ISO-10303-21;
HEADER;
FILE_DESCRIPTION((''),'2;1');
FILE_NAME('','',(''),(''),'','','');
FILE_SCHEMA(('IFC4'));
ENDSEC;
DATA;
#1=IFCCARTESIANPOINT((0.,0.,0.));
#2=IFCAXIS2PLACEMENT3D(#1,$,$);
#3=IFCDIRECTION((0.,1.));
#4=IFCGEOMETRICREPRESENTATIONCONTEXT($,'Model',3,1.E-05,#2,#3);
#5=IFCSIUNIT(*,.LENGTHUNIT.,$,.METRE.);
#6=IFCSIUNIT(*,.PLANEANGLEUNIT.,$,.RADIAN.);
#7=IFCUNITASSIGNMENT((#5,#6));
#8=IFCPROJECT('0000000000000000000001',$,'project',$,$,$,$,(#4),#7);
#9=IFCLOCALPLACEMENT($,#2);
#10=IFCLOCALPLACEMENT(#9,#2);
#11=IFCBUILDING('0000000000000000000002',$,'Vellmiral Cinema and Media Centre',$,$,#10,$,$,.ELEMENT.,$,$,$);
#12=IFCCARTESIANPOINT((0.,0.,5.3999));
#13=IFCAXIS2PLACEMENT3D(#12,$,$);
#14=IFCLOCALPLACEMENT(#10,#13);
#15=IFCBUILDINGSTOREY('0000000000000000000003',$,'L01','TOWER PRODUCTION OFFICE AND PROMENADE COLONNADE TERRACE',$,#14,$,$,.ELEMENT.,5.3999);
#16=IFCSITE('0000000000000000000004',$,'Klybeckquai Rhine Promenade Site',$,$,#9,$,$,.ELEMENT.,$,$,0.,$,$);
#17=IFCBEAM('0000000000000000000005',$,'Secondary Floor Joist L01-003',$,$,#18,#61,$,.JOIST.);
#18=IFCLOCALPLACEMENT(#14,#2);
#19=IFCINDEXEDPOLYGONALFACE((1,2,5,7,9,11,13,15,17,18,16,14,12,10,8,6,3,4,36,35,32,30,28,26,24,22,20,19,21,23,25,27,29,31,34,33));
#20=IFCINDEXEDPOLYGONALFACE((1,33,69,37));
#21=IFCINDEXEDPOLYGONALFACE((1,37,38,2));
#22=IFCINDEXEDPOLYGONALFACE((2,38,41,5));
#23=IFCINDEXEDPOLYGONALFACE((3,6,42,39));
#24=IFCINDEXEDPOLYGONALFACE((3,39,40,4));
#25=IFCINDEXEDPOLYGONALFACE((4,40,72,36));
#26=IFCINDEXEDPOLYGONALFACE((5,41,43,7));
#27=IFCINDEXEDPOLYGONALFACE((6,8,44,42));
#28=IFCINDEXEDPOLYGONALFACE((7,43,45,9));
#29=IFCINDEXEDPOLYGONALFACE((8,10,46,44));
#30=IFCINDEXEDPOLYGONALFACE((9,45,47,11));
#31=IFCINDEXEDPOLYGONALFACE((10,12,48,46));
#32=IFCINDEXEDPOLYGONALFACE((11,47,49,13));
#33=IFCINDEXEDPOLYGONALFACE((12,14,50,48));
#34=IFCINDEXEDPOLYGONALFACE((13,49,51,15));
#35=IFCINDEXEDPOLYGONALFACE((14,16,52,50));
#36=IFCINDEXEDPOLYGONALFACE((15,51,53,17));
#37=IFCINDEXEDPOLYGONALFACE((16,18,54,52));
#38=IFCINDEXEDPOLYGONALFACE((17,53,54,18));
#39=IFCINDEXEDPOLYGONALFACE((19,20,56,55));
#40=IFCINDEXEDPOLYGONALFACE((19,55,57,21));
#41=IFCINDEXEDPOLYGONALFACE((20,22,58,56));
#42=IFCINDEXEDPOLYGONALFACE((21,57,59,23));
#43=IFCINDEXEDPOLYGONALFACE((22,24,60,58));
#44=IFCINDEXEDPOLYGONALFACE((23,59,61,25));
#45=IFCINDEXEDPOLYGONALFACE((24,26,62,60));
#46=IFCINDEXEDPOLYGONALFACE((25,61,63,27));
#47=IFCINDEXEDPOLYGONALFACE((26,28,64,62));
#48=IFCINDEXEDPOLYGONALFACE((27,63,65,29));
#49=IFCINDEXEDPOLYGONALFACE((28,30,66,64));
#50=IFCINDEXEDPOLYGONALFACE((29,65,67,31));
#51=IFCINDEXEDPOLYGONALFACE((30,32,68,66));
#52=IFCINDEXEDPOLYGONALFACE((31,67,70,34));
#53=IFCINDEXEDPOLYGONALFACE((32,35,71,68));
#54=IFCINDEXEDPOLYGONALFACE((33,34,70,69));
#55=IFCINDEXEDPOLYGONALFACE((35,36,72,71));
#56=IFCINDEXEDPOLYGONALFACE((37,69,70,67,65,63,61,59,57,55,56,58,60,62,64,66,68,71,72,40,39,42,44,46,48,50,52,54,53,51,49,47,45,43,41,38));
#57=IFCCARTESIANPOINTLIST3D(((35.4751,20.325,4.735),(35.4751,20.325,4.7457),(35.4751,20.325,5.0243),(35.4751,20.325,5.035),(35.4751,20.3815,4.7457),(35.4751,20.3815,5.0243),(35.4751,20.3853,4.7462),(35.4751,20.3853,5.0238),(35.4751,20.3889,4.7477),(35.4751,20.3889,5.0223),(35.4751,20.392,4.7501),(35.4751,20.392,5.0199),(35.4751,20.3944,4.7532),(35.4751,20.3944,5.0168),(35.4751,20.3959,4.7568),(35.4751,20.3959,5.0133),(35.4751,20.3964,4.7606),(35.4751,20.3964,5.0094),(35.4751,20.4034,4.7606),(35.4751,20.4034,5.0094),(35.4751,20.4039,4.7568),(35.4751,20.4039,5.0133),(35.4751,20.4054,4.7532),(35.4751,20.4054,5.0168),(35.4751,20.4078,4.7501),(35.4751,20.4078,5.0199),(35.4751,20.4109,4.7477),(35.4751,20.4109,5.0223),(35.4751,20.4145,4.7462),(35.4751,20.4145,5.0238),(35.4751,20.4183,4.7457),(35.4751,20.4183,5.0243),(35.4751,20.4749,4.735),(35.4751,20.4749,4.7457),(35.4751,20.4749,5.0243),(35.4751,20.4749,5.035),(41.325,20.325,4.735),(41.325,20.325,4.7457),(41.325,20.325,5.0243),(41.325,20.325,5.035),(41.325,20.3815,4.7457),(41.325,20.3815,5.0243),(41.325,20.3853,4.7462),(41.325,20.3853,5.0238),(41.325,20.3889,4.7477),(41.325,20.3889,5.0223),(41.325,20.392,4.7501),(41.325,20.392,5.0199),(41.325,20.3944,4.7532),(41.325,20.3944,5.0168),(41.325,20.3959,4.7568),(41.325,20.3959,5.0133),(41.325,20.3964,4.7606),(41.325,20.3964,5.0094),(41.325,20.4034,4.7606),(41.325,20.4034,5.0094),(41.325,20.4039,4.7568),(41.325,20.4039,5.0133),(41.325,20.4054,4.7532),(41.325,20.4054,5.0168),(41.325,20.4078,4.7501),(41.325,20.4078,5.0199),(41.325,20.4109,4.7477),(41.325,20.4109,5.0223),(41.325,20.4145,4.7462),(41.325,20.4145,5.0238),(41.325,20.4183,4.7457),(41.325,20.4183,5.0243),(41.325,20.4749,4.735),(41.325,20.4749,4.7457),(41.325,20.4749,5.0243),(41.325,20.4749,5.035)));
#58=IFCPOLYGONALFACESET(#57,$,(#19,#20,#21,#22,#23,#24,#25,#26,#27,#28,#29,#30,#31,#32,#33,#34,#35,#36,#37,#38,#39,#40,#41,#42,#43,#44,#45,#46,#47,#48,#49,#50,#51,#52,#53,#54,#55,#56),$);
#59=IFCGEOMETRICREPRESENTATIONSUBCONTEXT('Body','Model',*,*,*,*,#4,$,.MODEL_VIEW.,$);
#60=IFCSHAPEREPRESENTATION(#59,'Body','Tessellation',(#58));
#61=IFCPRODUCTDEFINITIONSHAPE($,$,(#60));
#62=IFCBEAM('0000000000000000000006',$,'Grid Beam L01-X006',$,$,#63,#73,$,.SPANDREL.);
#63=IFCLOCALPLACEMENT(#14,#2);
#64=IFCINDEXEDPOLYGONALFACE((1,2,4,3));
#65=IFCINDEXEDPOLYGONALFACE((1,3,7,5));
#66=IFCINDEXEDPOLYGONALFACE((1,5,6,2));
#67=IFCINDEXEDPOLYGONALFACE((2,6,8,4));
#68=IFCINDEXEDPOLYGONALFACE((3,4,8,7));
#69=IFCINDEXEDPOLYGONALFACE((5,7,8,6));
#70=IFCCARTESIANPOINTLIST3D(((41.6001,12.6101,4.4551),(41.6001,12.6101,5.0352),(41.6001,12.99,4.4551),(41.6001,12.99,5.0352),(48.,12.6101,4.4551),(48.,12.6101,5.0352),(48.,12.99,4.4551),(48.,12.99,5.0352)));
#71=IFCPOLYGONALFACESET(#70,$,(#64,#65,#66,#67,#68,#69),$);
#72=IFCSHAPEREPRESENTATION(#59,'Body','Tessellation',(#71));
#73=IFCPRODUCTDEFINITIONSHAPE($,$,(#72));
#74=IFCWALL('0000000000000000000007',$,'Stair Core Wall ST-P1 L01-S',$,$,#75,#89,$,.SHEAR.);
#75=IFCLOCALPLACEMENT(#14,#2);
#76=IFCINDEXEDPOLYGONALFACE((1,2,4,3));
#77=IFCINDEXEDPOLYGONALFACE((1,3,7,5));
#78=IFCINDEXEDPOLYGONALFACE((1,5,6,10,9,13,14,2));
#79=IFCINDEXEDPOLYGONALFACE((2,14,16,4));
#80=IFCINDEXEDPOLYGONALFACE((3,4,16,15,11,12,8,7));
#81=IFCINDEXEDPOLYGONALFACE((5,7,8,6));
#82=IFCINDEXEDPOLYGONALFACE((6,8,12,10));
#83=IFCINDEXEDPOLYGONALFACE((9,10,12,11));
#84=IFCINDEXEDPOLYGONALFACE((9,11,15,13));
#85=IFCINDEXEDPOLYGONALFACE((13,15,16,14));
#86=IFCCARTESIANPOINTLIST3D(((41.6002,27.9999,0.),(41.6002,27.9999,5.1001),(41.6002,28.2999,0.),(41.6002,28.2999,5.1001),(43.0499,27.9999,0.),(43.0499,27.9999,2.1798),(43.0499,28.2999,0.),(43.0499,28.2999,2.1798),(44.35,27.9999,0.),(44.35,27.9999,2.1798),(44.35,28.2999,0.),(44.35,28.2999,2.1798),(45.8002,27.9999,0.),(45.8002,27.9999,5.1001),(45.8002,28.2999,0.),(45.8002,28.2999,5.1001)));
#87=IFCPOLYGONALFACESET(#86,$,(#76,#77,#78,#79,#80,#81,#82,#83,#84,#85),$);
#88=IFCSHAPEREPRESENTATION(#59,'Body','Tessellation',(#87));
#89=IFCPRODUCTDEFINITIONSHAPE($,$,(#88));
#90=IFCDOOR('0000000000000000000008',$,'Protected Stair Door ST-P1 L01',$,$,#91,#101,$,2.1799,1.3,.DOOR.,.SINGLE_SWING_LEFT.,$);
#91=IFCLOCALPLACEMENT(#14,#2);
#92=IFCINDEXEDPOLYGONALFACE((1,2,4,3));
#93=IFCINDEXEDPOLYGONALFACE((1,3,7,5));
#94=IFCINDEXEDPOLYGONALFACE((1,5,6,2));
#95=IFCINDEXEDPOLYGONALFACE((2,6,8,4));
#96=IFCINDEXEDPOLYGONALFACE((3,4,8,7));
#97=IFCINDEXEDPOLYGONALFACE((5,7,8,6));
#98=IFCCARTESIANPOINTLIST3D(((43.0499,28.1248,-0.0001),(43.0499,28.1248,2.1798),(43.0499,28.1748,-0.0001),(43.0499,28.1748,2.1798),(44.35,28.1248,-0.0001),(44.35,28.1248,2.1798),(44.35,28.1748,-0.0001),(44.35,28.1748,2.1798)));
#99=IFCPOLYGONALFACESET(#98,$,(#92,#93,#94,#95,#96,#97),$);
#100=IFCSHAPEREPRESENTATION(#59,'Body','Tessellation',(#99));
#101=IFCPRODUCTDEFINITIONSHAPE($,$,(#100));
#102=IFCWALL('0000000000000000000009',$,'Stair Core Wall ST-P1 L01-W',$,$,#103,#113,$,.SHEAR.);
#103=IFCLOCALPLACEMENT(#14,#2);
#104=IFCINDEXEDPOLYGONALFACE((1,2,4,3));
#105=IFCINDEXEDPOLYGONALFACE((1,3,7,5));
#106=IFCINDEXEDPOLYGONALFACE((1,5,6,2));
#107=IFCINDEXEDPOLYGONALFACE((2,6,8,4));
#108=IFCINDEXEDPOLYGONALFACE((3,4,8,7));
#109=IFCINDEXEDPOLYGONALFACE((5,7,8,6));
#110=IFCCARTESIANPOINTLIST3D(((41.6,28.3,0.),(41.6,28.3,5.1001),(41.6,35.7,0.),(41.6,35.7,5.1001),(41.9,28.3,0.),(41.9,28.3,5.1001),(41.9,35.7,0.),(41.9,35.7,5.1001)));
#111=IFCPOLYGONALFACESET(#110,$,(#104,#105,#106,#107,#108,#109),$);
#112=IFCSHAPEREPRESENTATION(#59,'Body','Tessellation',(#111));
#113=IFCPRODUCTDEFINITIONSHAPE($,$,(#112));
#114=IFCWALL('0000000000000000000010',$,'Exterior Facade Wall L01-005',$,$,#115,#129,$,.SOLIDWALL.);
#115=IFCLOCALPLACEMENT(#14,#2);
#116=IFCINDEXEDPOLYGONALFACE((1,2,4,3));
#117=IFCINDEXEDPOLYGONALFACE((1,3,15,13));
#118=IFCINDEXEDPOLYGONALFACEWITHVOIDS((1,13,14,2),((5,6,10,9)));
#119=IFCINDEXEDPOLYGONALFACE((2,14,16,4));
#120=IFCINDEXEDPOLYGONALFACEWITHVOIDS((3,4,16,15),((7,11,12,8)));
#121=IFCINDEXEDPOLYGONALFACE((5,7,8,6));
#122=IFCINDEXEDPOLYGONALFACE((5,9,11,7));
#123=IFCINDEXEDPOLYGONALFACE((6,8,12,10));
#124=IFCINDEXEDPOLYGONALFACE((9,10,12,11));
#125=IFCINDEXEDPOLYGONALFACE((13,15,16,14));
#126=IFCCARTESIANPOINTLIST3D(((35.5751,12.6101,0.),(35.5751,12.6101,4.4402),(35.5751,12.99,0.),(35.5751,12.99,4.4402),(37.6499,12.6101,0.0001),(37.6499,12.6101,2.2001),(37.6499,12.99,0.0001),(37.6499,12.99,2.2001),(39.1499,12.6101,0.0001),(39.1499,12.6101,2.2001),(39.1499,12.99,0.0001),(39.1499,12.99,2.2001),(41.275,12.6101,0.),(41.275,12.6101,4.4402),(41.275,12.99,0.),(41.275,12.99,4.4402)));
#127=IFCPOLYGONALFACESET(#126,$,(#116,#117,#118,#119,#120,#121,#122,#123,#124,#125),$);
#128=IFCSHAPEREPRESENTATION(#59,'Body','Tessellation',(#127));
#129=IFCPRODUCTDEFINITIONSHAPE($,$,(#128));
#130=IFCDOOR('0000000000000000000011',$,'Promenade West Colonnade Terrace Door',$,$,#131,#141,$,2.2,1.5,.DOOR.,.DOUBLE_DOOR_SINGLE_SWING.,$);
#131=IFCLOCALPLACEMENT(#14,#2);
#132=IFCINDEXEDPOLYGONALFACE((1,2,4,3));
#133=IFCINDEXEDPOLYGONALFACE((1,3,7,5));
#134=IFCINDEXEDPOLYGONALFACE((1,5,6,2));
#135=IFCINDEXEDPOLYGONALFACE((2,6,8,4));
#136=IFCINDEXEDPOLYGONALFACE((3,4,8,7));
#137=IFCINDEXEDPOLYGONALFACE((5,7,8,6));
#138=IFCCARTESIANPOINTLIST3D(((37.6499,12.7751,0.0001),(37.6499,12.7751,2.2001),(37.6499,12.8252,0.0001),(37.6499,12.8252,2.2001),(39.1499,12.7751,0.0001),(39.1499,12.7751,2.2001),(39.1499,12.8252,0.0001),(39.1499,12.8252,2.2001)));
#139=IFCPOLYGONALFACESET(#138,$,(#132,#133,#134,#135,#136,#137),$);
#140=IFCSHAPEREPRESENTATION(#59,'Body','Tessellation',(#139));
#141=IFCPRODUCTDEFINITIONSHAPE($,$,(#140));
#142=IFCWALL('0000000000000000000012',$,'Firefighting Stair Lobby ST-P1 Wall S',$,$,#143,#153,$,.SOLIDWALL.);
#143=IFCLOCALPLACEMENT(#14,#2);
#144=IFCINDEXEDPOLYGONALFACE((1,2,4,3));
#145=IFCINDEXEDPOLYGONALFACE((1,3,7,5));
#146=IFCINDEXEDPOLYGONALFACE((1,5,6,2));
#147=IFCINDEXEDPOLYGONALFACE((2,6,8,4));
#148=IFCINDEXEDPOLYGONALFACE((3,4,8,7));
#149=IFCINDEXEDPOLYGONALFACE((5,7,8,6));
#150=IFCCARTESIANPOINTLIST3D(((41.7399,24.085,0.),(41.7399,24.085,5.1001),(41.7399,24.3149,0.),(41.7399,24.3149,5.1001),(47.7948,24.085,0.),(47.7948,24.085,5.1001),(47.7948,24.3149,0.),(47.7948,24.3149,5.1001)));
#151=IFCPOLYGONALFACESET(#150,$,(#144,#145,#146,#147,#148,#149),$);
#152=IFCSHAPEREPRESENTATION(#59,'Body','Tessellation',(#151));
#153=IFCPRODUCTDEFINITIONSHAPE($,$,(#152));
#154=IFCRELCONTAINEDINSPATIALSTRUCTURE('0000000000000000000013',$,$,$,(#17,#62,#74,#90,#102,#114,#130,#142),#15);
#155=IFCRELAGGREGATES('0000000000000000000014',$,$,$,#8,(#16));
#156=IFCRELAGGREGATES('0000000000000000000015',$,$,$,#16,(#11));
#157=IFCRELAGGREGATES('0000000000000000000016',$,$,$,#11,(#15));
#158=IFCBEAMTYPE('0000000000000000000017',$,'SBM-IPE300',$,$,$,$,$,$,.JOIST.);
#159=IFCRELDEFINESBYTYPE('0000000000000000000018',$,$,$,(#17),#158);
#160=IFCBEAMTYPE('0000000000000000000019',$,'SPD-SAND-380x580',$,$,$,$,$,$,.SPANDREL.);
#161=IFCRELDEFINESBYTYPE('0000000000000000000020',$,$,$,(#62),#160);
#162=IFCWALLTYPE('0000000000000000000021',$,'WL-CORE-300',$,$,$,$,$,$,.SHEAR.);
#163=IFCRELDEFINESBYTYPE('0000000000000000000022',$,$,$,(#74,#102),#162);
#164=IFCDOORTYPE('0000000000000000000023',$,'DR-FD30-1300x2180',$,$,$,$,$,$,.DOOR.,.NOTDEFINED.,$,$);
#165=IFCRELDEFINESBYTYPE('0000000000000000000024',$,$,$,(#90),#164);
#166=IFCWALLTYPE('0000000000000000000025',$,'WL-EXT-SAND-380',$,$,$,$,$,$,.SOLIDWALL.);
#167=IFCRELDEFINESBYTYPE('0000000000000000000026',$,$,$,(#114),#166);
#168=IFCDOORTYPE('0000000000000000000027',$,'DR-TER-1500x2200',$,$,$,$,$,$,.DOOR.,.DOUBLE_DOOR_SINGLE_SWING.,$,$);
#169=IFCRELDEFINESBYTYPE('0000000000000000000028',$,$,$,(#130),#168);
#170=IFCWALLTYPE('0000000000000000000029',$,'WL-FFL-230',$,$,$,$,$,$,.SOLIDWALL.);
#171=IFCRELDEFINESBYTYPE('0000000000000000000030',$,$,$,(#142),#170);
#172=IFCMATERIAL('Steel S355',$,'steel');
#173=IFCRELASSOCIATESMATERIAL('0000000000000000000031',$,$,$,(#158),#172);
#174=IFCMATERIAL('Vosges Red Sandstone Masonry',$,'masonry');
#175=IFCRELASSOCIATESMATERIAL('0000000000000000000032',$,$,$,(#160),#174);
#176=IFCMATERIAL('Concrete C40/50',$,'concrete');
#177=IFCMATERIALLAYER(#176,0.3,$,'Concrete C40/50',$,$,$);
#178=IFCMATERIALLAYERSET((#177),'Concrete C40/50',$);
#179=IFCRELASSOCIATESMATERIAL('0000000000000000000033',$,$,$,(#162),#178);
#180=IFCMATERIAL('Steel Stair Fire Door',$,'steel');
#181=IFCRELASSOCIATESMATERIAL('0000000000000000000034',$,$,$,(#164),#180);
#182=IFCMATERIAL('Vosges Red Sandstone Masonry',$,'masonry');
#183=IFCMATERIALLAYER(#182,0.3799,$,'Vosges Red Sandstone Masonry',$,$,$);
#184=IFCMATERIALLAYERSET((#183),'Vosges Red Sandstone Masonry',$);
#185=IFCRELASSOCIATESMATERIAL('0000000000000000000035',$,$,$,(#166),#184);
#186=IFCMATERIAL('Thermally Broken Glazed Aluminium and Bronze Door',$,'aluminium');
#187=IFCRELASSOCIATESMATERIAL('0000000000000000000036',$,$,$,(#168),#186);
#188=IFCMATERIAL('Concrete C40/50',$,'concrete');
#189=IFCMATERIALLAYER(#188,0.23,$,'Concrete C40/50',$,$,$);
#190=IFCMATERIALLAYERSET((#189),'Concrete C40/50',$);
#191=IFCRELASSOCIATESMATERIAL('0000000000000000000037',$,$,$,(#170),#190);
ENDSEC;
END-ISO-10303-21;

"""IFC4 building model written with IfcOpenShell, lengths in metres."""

from ifc_helpers import new_model, si_unit, direction, frame, frame_2d, origin, origin_2d, place, context, subcontext, project, spatial, rectangle, i_section, extrude, material, layer, layer_set, material_profile, profile_set, type_object, element, fill, save


model = new_model("IFC4")

# Units and contexts
model_context = context("Model", 3, precision=1e-05, world=origin(), true_north=direction((0.0, 1.0)))
body_context = subcontext(model_context, "Body", "Model", "MODEL_VIEW")
ifc_project = project(units=[si_unit("LENGTHUNIT", "METRE"), si_unit("PLANEANGLEUNIT", "RADIAN")], contexts=[model_context])

# Site, building, storey
site_placement = place(None, origin())
site = spatial("IfcSite", under=ifc_project, at=site_placement, Name="Klybeckquai Rhine Promenade Site", CompositionType="ELEMENT", RefElevation=0.0)
building_placement = place(site_placement, origin())
building = spatial("IfcBuilding", under=site, at=building_placement, Name="Vellmiral Cinema and Media Centre", CompositionType="ELEMENT")
storey_placement = place(building_placement, frame((0.0, 0.0, 5.3999)))
storey = spatial("IfcBuildingStorey", under=building, at=storey_placement, Name="L01", Description="TOWER PRODUCTION OFFICE AND PROMENADE COLONNADE TERRACE", CompositionType="ELEMENT", Elevation=5.3999)

# Beams
ifc_material_1 = material(Name="Steel S355", Category="steel")
ifc_material_profile_1 = material_profile(ifc_material_1, i_section(OverallWidth=0.1499, OverallDepth=0.3, WebThickness=0.0071, FlangeThickness=0.0107, FilletRadius=0.0149, at=origin_2d()), Name="IPE 300")
ifc_profile_set_1 = profile_set([ifc_material_profile_1], Name="Steel S355")
beam_type_1 = type_object("IfcBeamType", Name="SBM-IPE300", PredefinedType="JOIST", material=ifc_profile_set_1)
beam_1_placement = place(storey_placement, frame((35.4751, 20.3999, 4.885), z_axis=(1.0, 0.0, 0.0), x_axis=(0.0, 1.0, 0.0)))
element("IfcBeam", 1, at=beam_1_placement, inside=storey, type_object=beam_type_1, Name="Secondary Floor Joist L01-003", PredefinedType="JOIST", context=body_context, shape_type="SweptSolid", body=[
    extrude(i_section(OverallWidth=0.1499, OverallDepth=0.3, WebThickness=0.0071, FlangeThickness=0.0107, FilletRadius=0.0149, at=origin_2d()), origin(), (0.0, 0.0, 1.0), 5.8499),
])
ifc_material_2 = material(Name="Vosges Red Sandstone Masonry", Category="masonry")
ifc_material_profile_2 = material_profile(ifc_material_2, rectangle(XDim=0.3799, YDim=0.5801, at=origin_2d()), Name="SAND 380x580")
ifc_profile_set_2 = profile_set([ifc_material_profile_2], Name="Vosges Red Sandstone Masonry")
beam_type_2 = type_object("IfcBeamType", Name="SPD-SAND-380x580", PredefinedType="SPANDREL", material=ifc_profile_set_2)
beam_2_placement = place(storey_placement, frame((41.6001, 12.8, 4.7451), z_axis=(1.0, 0.0, 0.0), x_axis=(0.0, 1.0, 0.0)))
element("IfcBeam", 2, at=beam_2_placement, inside=storey, type_object=beam_type_2, Name="Grid Beam L01-X006", PredefinedType="SPANDREL", context=body_context, shape_type="SweptSolid", body=[
    extrude(rectangle(XDim=0.3799, YDim=0.5801, at=origin_2d()), origin(), (0.0, 0.0, 1.0), 6.3999),
])

# Wall, opening, door
ifc_material_3 = material(Name="Concrete C40/50", Category="concrete")
ifc_layer_1 = layer(ifc_material_3, 0.3, Name="Concrete C40/50")
ifc_layer_set_1 = layer_set([ifc_layer_1], Name="Concrete C40/50")
wall_type_1 = type_object("IfcWallType", Name="WL-CORE-300", PredefinedType="SHEAR", material=ifc_layer_set_1)
wall_1_placement = place(storey_placement, frame((41.6001, 28.1499, 0.0), z_axis=(0.0, 0.0, 1.0), x_axis=(1.0, 0.0, 0.0)))
wall_1 = element("IfcWall", 3, at=wall_1_placement, inside=storey, type_object=wall_type_1, Name="Stair Core Wall ST-P1 L01-S", PredefinedType="SHEAR", context=body_context, shape_type="SweptSolid", body=[
    extrude(rectangle(XDim=4.2, YDim=0.3, at=frame_2d((2.1001, 0.0))), origin(), (0.0, 0.0, 1.0), 5.1001),
])
opening_1_placement = place(wall_1_placement, frame((1.45, 0.0, 0.0)))
opening_1 = element("IfcOpeningElement", 4, at=opening_1_placement, cuts=wall_1, PredefinedType="OPENING", context=body_context, shape_type="SweptSolid", body=[
    extrude(rectangle(XDim=1.3, YDim=2.1799, at=frame_2d((0.6499, 1.0898))), frame((0.0, 0.1621, 0.0), z_axis=(0.0, -1.0, 0.0), x_axis=(1.0, 0.0, 0.0)), (0.0, 0.0, 1.0), 0.324),
])
ifc_material_4 = material(Name="Steel Stair Fire Door", Category="steel")
door_type_1 = type_object("IfcDoorType", Name="DR-FD30-1300x2180", OperationType="NOTDEFINED", PredefinedType="DOOR", material=ifc_material_4)
door_1_placement = place(opening_1_placement, origin())
door_1 = element("IfcDoor", 5, at=door_1_placement, inside=storey, type_object=door_type_1, Name="Protected Stair Door ST-P1 L01", OperationType="SINGLE_SWING_LEFT", OverallHeight=2.1799, OverallWidth=1.3, PredefinedType="DOOR", context=body_context, shape_type="SweptSolid", body=[
    extrude(rectangle(XDim=1.3, YDim=2.1799, at=frame_2d((0.6499, 1.0898))), frame((0.0, 0.0249, 0.0), z_axis=(0.0, -1.0, 0.0), x_axis=(1.0, 0.0, 0.0)), (0.0, 0.0, 1.0), 0.05),
])
fill(opening_1, door_1)

# Wall
wall_2_placement = place(storey_placement, frame((41.75, 28.3, 0.0), z_axis=(0.0, 0.0, 1.0), x_axis=(0.0, 1.0, 0.0)))
element("IfcWall", 6, at=wall_2_placement, inside=storey, type_object=wall_type_1, Name="Stair Core Wall ST-P1 L01-W", PredefinedType="SHEAR", context=body_context, shape_type="SweptSolid", body=[
    extrude(rectangle(XDim=7.3999, YDim=0.3, at=frame_2d((3.7, 0.0))), origin(), (0.0, 0.0, 1.0), 5.1001),
])

# Wall, opening, door
ifc_material_5 = material(Name="Vosges Red Sandstone Masonry", Category="masonry")
ifc_layer_2 = layer(ifc_material_5, 0.3799, Name="Vosges Red Sandstone Masonry")
ifc_layer_set_2 = layer_set([ifc_layer_2], Name="Vosges Red Sandstone Masonry")
wall_type_2 = type_object("IfcWallType", Name="WL-EXT-SAND-380", PredefinedType="SOLIDWALL", material=ifc_layer_set_2)
wall_3_placement = place(storey_placement, frame((35.575, 12.8, 0.0), z_axis=(0.0, 0.0, 1.0), x_axis=(1.0, 0.0, 0.0)))
wall_3 = element("IfcWall", 7, at=wall_3_placement, inside=storey, type_object=wall_type_2, Name="Exterior Facade Wall L01-005", PredefinedType="SOLIDWALL", context=body_context, shape_type="SweptSolid", body=[
    extrude(rectangle(XDim=5.7, YDim=0.3799, at=frame_2d((2.8501, 0.0))), origin(), (0.0, 0.0, 1.0), 4.4402),
])
opening_2_placement = place(wall_3_placement, frame((2.075, 0.0, 0.0)))
opening_2 = element("IfcOpeningElement", 8, at=opening_2_placement, cuts=wall_3, PredefinedType="OPENING", context=body_context, shape_type="SweptSolid", body=[
    extrude(rectangle(XDim=1.5, YDim=2.2, at=frame_2d((0.75, 1.1001))), frame((0.0, 0.2019, 0.0), z_axis=(0.0, -1.0, 0.0), x_axis=(1.0, 0.0, 0.0)), (0.0, 0.0, 1.0), 0.4038),
])
ifc_material_6 = material(Name="Thermally Broken Glazed Aluminium and Bronze Door", Category="aluminium")
door_type_2 = type_object("IfcDoorType", Name="DR-TER-1500x2200", OperationType="DOUBLE_DOOR_SINGLE_SWING", PredefinedType="DOOR", material=ifc_material_6)
door_2_placement = place(opening_2_placement, frame((1.5, 0.0, 0.0), z_axis=(0.0, 0.0, 1.0), x_axis=(-1.0, 0.0, 0.0)))
door_2 = element("IfcDoor", 9, at=door_2_placement, inside=storey, type_object=door_type_2, Name="Promenade West Colonnade Terrace Door", OperationType="DOUBLE_DOOR_SINGLE_SWING", OverallHeight=2.2, OverallWidth=1.5, PredefinedType="DOOR", context=body_context, shape_type="SweptSolid", body=[
    extrude(rectangle(XDim=1.5, YDim=2.2, at=frame_2d((0.75, 1.1001))), frame((0.0, 0.0249, 0.0), z_axis=(0.0, -1.0, 0.0), x_axis=(1.0, 0.0, 0.0)), (0.0, 0.0, 1.0), 0.05),
])
fill(opening_2, door_2)

# Wall
ifc_material_7 = material(Name="Concrete C40/50", Category="concrete")
ifc_layer_3 = layer(ifc_material_7, 0.23, Name="Concrete C40/50")
ifc_layer_set_3 = layer_set([ifc_layer_3], Name="Concrete C40/50")
wall_type_3 = type_object("IfcWallType", Name="WL-FFL-230", PredefinedType="SOLIDWALL", material=ifc_layer_set_3)
wall_4_placement = place(storey_placement, frame((41.74, 24.2, 0.0), z_axis=(0.0, 0.0, 1.0), x_axis=(1.0, 0.0, 0.0)))
element("IfcWall", 10, at=wall_4_placement, inside=storey, type_object=wall_type_3, Name="Firefighting Stair Lobby ST-P1 Wall S", PredefinedType="SOLIDWALL", context=body_context, shape_type="SweptSolid", body=[
    extrude(rectangle(XDim=6.0549, YDim=0.23, at=frame_2d((3.0273, 0.0))), origin(), (0.0, 0.0, 1.0), 5.1001),
])

save(model, "model.ifc")
